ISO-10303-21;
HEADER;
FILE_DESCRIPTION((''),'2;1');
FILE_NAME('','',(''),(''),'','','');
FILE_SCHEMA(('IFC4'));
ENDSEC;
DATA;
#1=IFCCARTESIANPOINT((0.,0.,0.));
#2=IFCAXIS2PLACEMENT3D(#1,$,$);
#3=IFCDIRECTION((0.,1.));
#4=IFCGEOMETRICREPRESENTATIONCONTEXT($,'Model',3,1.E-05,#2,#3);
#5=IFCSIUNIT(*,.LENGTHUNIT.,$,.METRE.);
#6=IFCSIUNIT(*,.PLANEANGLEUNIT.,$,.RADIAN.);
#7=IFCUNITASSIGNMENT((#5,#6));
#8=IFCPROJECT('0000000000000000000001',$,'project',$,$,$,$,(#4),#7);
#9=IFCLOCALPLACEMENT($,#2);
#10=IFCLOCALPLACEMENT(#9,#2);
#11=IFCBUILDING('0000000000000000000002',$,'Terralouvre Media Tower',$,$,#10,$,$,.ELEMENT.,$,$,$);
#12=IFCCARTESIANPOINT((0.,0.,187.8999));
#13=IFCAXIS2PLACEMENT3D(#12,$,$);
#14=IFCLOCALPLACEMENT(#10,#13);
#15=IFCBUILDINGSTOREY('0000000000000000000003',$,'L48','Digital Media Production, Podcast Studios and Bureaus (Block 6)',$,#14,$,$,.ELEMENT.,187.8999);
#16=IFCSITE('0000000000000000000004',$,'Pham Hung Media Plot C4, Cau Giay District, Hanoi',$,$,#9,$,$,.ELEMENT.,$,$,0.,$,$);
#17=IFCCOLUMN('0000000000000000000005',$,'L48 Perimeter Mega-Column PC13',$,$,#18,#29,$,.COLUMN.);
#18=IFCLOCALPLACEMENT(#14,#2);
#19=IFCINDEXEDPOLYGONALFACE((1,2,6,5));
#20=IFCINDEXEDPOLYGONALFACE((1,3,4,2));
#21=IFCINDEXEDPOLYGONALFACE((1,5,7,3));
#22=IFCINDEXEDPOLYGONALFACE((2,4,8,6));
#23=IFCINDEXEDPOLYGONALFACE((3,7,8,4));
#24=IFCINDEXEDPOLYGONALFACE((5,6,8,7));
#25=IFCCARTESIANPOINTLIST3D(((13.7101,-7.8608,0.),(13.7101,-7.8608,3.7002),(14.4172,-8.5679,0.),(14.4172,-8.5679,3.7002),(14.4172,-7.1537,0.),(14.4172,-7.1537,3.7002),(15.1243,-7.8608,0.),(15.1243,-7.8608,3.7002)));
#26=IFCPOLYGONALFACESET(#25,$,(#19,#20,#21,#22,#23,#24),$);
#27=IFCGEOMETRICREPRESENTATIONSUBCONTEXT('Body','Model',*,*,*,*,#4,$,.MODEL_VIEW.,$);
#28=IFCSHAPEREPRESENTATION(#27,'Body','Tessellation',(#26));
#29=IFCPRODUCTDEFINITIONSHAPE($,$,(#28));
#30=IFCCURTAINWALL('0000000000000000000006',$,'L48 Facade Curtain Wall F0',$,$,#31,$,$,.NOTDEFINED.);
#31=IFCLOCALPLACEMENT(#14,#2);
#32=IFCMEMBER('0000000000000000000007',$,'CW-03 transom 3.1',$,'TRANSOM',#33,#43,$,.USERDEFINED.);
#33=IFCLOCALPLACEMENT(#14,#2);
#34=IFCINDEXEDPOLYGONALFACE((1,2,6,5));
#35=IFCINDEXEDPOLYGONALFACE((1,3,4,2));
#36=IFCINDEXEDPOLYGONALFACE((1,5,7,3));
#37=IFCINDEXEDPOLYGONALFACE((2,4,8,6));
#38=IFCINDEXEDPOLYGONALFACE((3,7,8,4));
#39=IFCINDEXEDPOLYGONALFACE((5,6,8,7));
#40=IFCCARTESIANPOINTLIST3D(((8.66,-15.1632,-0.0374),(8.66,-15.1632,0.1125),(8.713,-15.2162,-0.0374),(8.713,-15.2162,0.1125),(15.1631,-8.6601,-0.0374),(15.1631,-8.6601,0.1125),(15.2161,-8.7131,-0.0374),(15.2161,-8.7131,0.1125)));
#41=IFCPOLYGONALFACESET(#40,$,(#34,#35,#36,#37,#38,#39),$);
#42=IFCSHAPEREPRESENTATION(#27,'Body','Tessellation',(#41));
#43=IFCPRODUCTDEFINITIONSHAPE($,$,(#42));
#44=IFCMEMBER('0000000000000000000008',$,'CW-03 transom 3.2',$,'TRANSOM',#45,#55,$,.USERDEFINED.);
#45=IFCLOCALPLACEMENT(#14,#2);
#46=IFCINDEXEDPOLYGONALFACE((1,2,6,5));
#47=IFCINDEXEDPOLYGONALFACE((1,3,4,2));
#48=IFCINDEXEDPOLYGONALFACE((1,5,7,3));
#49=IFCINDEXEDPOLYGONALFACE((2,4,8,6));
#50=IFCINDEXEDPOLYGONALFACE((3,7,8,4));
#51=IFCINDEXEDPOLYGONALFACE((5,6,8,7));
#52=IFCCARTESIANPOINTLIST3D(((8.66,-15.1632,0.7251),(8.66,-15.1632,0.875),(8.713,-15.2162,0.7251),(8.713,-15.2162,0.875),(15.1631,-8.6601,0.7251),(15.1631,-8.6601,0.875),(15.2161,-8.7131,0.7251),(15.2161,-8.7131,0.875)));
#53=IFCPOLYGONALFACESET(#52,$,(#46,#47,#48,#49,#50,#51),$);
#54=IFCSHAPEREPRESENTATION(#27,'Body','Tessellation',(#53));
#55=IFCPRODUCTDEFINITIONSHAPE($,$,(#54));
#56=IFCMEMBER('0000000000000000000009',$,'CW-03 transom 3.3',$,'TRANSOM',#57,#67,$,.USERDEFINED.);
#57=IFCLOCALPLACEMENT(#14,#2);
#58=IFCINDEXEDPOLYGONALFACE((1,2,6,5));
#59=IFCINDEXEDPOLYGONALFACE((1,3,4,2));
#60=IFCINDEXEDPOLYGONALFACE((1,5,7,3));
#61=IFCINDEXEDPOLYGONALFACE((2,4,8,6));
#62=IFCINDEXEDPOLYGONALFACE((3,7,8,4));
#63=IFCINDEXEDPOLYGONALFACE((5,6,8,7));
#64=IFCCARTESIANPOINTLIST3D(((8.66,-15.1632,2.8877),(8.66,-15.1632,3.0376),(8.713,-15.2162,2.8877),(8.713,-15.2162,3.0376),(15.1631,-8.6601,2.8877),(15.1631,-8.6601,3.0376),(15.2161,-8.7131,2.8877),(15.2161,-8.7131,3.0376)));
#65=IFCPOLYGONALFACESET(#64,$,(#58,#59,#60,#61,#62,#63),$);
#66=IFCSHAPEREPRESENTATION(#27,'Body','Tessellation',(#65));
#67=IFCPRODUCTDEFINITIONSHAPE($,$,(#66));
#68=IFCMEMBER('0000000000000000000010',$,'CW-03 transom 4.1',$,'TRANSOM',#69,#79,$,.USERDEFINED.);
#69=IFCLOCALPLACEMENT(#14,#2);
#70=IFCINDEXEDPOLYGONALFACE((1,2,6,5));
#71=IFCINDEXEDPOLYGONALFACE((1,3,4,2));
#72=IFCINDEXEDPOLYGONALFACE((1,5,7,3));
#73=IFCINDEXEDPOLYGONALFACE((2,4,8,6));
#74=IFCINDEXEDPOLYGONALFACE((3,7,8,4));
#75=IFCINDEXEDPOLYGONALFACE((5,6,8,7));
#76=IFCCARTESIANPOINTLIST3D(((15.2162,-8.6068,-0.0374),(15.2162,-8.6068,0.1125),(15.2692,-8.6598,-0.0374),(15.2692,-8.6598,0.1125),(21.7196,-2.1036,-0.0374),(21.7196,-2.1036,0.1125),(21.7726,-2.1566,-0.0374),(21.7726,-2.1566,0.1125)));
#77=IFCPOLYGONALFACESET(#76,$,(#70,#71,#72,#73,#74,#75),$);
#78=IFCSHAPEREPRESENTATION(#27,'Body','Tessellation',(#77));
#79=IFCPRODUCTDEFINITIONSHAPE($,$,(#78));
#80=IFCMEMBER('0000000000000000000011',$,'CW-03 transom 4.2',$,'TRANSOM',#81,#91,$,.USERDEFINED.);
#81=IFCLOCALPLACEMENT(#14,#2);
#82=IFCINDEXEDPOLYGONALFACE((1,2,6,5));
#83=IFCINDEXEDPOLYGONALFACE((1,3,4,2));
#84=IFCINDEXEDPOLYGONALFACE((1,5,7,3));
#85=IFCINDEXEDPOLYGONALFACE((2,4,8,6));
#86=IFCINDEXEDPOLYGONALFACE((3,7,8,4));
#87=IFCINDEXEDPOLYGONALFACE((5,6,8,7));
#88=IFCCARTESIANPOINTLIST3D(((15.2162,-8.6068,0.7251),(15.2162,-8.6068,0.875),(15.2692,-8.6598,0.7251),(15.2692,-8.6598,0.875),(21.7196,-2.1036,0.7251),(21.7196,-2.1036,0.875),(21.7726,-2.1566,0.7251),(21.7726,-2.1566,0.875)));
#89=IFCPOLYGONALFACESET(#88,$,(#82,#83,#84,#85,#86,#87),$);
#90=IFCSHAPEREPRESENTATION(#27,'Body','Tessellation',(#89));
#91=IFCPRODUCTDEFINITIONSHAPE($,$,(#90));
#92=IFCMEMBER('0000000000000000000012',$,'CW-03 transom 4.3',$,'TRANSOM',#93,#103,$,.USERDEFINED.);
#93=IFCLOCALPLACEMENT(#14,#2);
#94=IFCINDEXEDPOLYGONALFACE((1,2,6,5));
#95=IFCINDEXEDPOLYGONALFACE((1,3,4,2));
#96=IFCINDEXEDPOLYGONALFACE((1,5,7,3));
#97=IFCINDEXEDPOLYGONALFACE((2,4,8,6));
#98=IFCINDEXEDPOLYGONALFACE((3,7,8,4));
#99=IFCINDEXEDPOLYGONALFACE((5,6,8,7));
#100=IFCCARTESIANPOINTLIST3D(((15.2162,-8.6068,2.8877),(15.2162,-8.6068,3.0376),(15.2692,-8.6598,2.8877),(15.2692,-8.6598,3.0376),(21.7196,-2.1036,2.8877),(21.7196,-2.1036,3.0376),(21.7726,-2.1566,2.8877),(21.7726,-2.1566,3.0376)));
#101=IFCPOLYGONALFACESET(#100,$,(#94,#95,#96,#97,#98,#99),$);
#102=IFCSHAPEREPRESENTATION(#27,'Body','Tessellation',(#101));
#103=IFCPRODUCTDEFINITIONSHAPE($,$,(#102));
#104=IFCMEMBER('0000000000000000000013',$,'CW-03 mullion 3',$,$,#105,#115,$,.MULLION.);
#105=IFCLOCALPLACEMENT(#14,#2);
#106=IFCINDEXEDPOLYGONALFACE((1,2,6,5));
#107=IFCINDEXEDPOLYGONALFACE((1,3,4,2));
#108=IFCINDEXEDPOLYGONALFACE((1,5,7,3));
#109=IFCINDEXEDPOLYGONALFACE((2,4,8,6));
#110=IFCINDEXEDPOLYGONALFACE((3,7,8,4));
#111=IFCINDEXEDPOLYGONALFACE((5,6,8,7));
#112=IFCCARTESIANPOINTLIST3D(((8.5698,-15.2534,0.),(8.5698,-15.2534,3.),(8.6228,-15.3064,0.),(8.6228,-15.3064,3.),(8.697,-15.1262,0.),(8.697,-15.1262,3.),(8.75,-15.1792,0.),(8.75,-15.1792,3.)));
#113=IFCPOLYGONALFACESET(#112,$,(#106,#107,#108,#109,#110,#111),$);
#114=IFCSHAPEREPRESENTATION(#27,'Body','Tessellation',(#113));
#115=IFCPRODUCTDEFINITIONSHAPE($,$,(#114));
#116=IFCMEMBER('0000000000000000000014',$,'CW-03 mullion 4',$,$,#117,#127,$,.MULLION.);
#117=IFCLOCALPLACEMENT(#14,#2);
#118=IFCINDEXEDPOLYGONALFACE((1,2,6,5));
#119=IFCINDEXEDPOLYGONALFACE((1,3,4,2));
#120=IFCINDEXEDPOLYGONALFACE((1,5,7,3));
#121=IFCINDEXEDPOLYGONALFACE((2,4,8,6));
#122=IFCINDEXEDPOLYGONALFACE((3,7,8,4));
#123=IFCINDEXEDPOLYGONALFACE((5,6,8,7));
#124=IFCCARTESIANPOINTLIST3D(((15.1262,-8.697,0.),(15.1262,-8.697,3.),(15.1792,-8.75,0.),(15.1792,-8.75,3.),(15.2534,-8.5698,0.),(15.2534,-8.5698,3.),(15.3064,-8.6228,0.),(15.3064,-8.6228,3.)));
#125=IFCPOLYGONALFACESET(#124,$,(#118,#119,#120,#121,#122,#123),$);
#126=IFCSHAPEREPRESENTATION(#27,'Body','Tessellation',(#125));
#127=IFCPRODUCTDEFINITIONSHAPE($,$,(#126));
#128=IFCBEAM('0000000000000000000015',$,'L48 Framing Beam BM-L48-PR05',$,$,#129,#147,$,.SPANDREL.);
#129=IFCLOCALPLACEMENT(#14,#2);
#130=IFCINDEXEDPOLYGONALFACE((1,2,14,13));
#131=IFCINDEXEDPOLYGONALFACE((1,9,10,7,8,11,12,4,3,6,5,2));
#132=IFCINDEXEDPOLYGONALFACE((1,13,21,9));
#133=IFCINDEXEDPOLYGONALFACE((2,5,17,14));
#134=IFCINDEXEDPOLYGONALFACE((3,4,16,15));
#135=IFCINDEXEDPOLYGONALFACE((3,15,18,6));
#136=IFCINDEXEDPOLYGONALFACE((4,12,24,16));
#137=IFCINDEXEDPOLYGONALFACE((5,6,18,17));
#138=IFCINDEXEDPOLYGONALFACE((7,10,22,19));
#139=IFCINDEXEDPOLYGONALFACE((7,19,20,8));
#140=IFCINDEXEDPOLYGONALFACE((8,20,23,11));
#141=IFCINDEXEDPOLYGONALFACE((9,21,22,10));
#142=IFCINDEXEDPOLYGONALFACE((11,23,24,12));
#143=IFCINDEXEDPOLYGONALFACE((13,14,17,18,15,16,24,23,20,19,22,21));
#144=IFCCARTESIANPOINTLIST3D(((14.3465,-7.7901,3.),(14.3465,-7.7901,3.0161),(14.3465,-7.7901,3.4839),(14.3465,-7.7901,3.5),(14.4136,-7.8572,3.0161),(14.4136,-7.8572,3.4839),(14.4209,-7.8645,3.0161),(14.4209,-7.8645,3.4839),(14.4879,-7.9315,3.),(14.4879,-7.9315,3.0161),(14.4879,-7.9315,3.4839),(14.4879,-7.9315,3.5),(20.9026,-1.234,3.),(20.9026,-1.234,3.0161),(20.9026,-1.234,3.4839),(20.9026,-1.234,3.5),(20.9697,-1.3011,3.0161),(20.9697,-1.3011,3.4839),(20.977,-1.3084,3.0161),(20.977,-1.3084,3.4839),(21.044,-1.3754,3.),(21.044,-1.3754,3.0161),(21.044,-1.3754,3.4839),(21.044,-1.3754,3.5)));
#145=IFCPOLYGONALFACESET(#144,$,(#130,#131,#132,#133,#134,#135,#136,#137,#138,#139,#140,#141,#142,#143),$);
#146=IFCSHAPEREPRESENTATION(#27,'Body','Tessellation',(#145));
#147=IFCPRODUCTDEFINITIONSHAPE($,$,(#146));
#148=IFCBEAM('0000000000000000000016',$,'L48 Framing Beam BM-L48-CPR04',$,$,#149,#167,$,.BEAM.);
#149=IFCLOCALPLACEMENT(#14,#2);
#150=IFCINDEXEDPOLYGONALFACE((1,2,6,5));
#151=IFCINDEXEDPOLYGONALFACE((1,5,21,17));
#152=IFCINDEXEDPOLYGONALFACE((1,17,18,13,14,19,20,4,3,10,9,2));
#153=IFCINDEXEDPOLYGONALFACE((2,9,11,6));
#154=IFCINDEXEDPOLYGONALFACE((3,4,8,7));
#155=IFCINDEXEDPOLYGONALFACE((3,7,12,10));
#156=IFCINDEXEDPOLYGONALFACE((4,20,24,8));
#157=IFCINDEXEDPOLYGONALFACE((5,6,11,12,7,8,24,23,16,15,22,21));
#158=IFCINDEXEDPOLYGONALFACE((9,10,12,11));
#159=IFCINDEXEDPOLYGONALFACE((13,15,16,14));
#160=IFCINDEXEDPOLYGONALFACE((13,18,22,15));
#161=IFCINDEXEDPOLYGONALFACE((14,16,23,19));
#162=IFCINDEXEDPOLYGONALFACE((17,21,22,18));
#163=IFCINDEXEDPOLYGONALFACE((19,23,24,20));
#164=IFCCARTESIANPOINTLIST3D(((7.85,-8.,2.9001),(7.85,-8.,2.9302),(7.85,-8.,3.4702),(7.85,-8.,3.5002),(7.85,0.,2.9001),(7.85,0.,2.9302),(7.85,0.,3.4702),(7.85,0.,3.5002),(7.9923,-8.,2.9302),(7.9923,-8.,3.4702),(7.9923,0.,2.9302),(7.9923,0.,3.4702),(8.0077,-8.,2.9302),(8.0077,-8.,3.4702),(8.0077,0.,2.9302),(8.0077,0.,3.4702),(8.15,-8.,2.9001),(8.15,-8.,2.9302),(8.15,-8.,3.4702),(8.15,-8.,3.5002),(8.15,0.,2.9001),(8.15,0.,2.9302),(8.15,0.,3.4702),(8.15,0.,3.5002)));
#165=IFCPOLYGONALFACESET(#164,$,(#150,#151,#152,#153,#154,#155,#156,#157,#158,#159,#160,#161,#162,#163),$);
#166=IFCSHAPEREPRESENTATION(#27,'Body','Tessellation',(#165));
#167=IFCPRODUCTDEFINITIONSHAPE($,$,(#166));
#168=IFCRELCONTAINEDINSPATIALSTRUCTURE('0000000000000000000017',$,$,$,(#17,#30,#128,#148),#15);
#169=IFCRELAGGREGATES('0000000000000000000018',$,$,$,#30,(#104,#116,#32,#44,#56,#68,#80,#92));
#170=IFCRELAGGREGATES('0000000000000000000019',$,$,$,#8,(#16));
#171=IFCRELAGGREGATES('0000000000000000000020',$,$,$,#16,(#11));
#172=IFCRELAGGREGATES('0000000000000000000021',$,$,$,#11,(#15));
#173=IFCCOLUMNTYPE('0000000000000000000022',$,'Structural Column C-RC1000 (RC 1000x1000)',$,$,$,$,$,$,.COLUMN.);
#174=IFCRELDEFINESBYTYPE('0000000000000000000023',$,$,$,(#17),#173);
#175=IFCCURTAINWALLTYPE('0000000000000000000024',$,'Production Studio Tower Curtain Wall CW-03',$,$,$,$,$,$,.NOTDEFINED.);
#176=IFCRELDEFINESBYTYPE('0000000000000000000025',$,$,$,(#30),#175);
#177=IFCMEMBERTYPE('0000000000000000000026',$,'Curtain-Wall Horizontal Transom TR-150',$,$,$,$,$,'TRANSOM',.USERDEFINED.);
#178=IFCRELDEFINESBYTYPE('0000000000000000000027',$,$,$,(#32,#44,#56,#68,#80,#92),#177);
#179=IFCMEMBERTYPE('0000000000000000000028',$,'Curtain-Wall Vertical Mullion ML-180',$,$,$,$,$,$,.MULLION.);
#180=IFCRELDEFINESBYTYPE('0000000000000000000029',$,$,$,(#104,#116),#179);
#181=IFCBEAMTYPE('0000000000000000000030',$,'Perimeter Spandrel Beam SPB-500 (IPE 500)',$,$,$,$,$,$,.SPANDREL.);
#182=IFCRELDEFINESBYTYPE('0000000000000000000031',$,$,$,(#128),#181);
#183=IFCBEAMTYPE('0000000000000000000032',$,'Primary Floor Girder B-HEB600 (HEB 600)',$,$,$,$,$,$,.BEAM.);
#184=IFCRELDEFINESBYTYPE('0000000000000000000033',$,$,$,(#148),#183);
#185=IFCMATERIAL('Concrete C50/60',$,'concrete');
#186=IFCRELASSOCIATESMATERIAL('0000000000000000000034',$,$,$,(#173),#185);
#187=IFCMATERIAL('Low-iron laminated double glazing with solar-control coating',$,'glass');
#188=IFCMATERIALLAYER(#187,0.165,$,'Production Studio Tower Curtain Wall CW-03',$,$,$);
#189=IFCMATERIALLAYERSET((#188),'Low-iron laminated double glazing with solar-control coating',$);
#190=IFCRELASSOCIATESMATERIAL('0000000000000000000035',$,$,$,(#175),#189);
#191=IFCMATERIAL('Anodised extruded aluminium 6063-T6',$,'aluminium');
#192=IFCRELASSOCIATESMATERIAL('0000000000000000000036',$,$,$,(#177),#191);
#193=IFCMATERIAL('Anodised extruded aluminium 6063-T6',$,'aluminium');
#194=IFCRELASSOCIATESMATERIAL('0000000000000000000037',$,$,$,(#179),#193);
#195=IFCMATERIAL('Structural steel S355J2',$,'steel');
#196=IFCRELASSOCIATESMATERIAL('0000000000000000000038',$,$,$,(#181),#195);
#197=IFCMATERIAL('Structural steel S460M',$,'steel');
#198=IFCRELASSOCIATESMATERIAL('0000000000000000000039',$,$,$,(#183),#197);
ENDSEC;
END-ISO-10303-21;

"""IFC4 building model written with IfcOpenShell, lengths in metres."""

from ifc_helpers import new_model, si_unit, direction, frame, origin, origin_2d, place, context, subcontext, project, spatial, rectangle, i_section, extrude, material, layer, layer_set, material_profile, profile_set, type_object, element, aggregate, save


model = new_model("IFC4")

# Units and contexts
model_context = context("Model", 3, precision=1e-05, world=origin(), true_north=direction((0.0, 1.0)))
body_context = subcontext(model_context, "Body", "Model", "MODEL_VIEW")
ifc_project = project(units=[si_unit("LENGTHUNIT", "METRE"), si_unit("PLANEANGLEUNIT", "RADIAN")], contexts=[model_context])

# Site, building, storey
site_placement = place(None, origin())
site = spatial("IfcSite", under=ifc_project, at=site_placement, Name="Pham Hung Media Plot C4, Cau Giay District, Hanoi", CompositionType="ELEMENT", RefElevation=0.0)
building_placement = place(site_placement, origin())
building = spatial("IfcBuilding", under=site, at=building_placement, Name="Terralouvre Media Tower", CompositionType="ELEMENT")
storey_placement = place(building_placement, frame((0.0, 0.0, 187.8999)))
storey = spatial("IfcBuildingStorey", under=building, at=storey_placement, Name="L48", Description="Digital Media Production, Podcast Studios and Bureaus (Block 6)", CompositionType="ELEMENT", Elevation=187.8999)

# Column
ifc_material_1 = material(Name="Concrete C50/60", Category="concrete")
ifc_material_profile_1 = material_profile(ifc_material_1, rectangle(XDim=1.0, YDim=1.0, at=origin_2d()), Name="RC 1000x1000")
ifc_profile_set_1 = profile_set([ifc_material_profile_1], Name="Concrete C50/60")
column_type = type_object("IfcColumnType", Name="Structural Column C-RC1000 (RC 1000x1000)", PredefinedType="COLUMN", material=ifc_profile_set_1)
column_placement = place(storey_placement, frame((14.4172, -7.8608, 0.0), z_axis=(0.0, 0.0, 1.0), x_axis=(0.707107, 0.707107, 0.0)))
element("IfcColumn", 1, at=column_placement, inside=storey, type_object=column_type, Name="L48 Perimeter Mega-Column PC13", PredefinedType="COLUMN", context=body_context, shape_type="SweptSolid", body=[
    extrude(rectangle(XDim=1.0, YDim=1.0, at=origin_2d()), origin(), (0.0, 0.0, 1.0), 3.7002),
])

# Curtain wall, members
ifc_material_2 = material(Name="Low-iron laminated double glazing with solar-control coating", Category="glass")
ifc_layer_1 = layer(ifc_material_2, 0.165, Name="Production Studio Tower Curtain Wall CW-03")
ifc_layer_set_1 = layer_set([ifc_layer_1], Name="Low-iron laminated double glazing with solar-control coating")
curtain_wall_type = type_object("IfcCurtainWallType", Name="Production Studio Tower Curtain Wall CW-03", PredefinedType="NOTDEFINED", material=ifc_layer_set_1)
curtain_wall_placement = place(storey_placement, origin())
curtain_wall = element("IfcCurtainWall", 2, at=curtain_wall_placement, inside=storey, type_object=curtain_wall_type, Name="L48 Facade Curtain Wall F0", PredefinedType="NOTDEFINED")
ifc_material_3 = material(Name="Anodised extruded aluminium 6063-T6", Category="aluminium")
ifc_material_profile_2 = material_profile(ifc_material_3, rectangle(XDim=0.075, YDim=0.1499, at=origin_2d()), Name="ALU 75x150")
ifc_profile_set_2 = profile_set([ifc_material_profile_2], Name="Anodised extruded aluminium 6063-T6")
member_type_1 = type_object("IfcMemberType", Name="Curtain-Wall Horizontal Transom TR-150", ElementType="TRANSOM", PredefinedType="USERDEFINED", material=ifc_profile_set_2)
member_1_placement = place(storey_placement, frame((8.6865, -15.1897, 0.0376), z_axis=(0.707107, 0.707107, 0.0), x_axis=(-0.707107, 0.707107, 0.0)))
member_1 = element("IfcMember", 3, at=member_1_placement, type_object=member_type_1, Name="CW-03 transom 3.1", ObjectType="TRANSOM", PredefinedType="USERDEFINED", context=body_context, shape_type="SweptSolid", body=[
    extrude(rectangle(XDim=0.075, YDim=0.1499, at=origin_2d()), origin(), (0.0, 0.0, 1.0), 9.1968),
])
member_2_placement = place(storey_placement, frame((8.6865, -15.1897, 0.8), z_axis=(0.707107, 0.707107, 0.0), x_axis=(-0.707107, 0.707107, 0.0)))
member_2 = element("IfcMember", 4, at=member_2_placement, type_object=member_type_1, Name="CW-03 transom 3.2", ObjectType="TRANSOM", PredefinedType="USERDEFINED", context=body_context, shape_type="SweptSolid", body=[
    extrude(rectangle(XDim=0.075, YDim=0.1499, at=origin_2d()), origin(), (0.0, 0.0, 1.0), 9.1968),
])
member_3_placement = place(storey_placement, frame((8.6865, -15.1897, 2.9626), z_axis=(0.707107, 0.707107, 0.0), x_axis=(-0.707107, 0.707107, 0.0)))
member_3 = element("IfcMember", 5, at=member_3_placement, type_object=member_type_1, Name="CW-03 transom 3.3", ObjectType="TRANSOM", PredefinedType="USERDEFINED", context=body_context, shape_type="SweptSolid", body=[
    extrude(rectangle(XDim=0.075, YDim=0.1499, at=origin_2d()), origin(), (0.0, 0.0, 1.0), 9.1968),
])
member_4_placement = place(storey_placement, frame((15.2427, -8.6333, 0.0376), z_axis=(0.70712, 0.707094, 0.0), x_axis=(-0.707094, 0.70712, 0.0)))
member_4 = element("IfcMember", 6, at=member_4_placement, type_object=member_type_1, Name="CW-03 transom 4.1", ObjectType="TRANSOM", PredefinedType="USERDEFINED", context=body_context, shape_type="SweptSolid", body=[
    extrude(rectangle(XDim=0.075, YDim=0.1499, at=origin_2d()), origin(), (0.0, 0.0, 1.0), 9.197),
])
member_5_placement = place(storey_placement, frame((15.2427, -8.6333, 0.8), z_axis=(0.70712, 0.707094, 0.0), x_axis=(-0.707094, 0.70712, 0.0)))
member_5 = element("IfcMember", 7, at=member_5_placement, type_object=member_type_1, Name="CW-03 transom 4.2", ObjectType="TRANSOM", PredefinedType="USERDEFINED", context=body_context, shape_type="SweptSolid", body=[
    extrude(rectangle(XDim=0.075, YDim=0.1499, at=origin_2d()), origin(), (0.0, 0.0, 1.0), 9.197),
])
member_6_placement = place(storey_placement, frame((15.2427, -8.6333, 2.9626), z_axis=(0.70712, 0.707094, 0.0), x_axis=(-0.707094, 0.70712, 0.0)))
member_6 = element("IfcMember", 8, at=member_6_placement, type_object=member_type_1, Name="CW-03 transom 4.3", ObjectType="TRANSOM", PredefinedType="USERDEFINED", context=body_context, shape_type="SweptSolid", body=[
    extrude(rectangle(XDim=0.075, YDim=0.1499, at=origin_2d()), origin(), (0.0, 0.0, 1.0), 9.197),
])
ifc_material_4 = material(Name="Anodised extruded aluminium 6063-T6", Category="aluminium")
ifc_material_profile_3 = material_profile(ifc_material_4, rectangle(XDim=0.075, YDim=0.1799, at=origin_2d()), Name="ALU 75x180")
ifc_profile_set_3 = profile_set([ifc_material_profile_3], Name="Anodised extruded aluminium 6063-T6")
member_type_2 = type_object("IfcMemberType", Name="Curtain-Wall Vertical Mullion ML-180", PredefinedType="MULLION", material=ifc_profile_set_3)
member_7_placement = place(storey_placement, frame((8.6599, -15.2163, 0.0), z_axis=(0.0, 0.0, 1.0), x_axis=(-0.707107, 0.707107, 0.0)))
member_7 = element("IfcMember", 9, at=member_7_placement, type_object=member_type_2, Name="CW-03 mullion 3", PredefinedType="MULLION", context=body_context, shape_type="SweptSolid", body=[
    extrude(rectangle(XDim=0.075, YDim=0.1799, at=origin_2d()), origin(), (0.0, 0.0, 1.0), 3.0),
])
member_8_placement = place(storey_placement, frame((15.2163, -8.6599, 0.0), z_axis=(0.0, 0.0, 1.0), x_axis=(-0.707107, 0.707107, 0.0)))
member_8 = element("IfcMember", 10, at=member_8_placement, type_object=member_type_2, Name="CW-03 mullion 4", PredefinedType="MULLION", context=body_context, shape_type="SweptSolid", body=[
    extrude(rectangle(XDim=0.075, YDim=0.1799, at=origin_2d()), origin(), (0.0, 0.0, 1.0), 3.0),
])

# Beams
ifc_material_5 = material(Name="Structural steel S355J2", Category="steel")
ifc_material_profile_4 = material_profile(ifc_material_5, i_section(OverallWidth=0.2, OverallDepth=0.5, WebThickness=0.0103, FlangeThickness=0.0161, at=origin_2d()), Name="IPE 500")
ifc_profile_set_4 = profile_set([ifc_material_profile_4], Name="Structural steel S355J2")
beam_type_1 = type_object("IfcBeamType", Name="Perimeter Spandrel Beam SPB-500 (IPE 500)", PredefinedType="SPANDREL", material=ifc_profile_set_4)
beam_1_placement = place(storey_placement, frame((14.4172, -7.8608, 3.25), z_axis=(0.707107, 0.707107, 0.0), x_axis=(-0.707107, 0.707107, 0.0)))
element("IfcBeam", 11, at=beam_1_placement, inside=storey, type_object=beam_type_1, Name="L48 Framing Beam BM-L48-PR05", PredefinedType="SPANDREL", context=body_context, shape_type="SweptSolid", body=[
    extrude(i_section(OverallWidth=0.2, OverallDepth=0.5, WebThickness=0.0103, FlangeThickness=0.0161, at=origin_2d()), origin(), (0.0, 0.0, 1.0), 9.2717),
])
ifc_material_6 = material(Name="Structural steel S460M", Category="steel")
ifc_material_profile_5 = material_profile(ifc_material_6, i_section(OverallWidth=0.3, OverallDepth=0.6001, WebThickness=0.0154, FlangeThickness=0.03, at=origin_2d()), Name="HEB 600")
ifc_profile_set_5 = profile_set([ifc_material_profile_5], Name="Structural steel S460M")
beam_type_2 = type_object("IfcBeamType", Name="Primary Floor Girder B-HEB600 (HEB 600)", PredefinedType="BEAM", material=ifc_profile_set_5)
beam_2_placement = place(storey_placement, frame((8.0, -8.0, 3.2002), z_axis=(0.0, 1.0, 0.0), x_axis=(-1.0, 0.0, 0.0)))
element("IfcBeam", 12, at=beam_2_placement, inside=storey, type_object=beam_type_2, Name="L48 Framing Beam BM-L48-CPR04", PredefinedType="BEAM", context=body_context, shape_type="SweptSolid", body=[
    extrude(i_section(OverallWidth=0.3, OverallDepth=0.6001, WebThickness=0.0154, FlangeThickness=0.03, at=origin_2d()), origin(), (0.0, 0.0, 1.0), 8.0),
])

aggregate(curtain_wall, [member_7, member_8, member_1, member_2, member_3, member_4, member_5, member_6])

save(model, "model.ifc")
